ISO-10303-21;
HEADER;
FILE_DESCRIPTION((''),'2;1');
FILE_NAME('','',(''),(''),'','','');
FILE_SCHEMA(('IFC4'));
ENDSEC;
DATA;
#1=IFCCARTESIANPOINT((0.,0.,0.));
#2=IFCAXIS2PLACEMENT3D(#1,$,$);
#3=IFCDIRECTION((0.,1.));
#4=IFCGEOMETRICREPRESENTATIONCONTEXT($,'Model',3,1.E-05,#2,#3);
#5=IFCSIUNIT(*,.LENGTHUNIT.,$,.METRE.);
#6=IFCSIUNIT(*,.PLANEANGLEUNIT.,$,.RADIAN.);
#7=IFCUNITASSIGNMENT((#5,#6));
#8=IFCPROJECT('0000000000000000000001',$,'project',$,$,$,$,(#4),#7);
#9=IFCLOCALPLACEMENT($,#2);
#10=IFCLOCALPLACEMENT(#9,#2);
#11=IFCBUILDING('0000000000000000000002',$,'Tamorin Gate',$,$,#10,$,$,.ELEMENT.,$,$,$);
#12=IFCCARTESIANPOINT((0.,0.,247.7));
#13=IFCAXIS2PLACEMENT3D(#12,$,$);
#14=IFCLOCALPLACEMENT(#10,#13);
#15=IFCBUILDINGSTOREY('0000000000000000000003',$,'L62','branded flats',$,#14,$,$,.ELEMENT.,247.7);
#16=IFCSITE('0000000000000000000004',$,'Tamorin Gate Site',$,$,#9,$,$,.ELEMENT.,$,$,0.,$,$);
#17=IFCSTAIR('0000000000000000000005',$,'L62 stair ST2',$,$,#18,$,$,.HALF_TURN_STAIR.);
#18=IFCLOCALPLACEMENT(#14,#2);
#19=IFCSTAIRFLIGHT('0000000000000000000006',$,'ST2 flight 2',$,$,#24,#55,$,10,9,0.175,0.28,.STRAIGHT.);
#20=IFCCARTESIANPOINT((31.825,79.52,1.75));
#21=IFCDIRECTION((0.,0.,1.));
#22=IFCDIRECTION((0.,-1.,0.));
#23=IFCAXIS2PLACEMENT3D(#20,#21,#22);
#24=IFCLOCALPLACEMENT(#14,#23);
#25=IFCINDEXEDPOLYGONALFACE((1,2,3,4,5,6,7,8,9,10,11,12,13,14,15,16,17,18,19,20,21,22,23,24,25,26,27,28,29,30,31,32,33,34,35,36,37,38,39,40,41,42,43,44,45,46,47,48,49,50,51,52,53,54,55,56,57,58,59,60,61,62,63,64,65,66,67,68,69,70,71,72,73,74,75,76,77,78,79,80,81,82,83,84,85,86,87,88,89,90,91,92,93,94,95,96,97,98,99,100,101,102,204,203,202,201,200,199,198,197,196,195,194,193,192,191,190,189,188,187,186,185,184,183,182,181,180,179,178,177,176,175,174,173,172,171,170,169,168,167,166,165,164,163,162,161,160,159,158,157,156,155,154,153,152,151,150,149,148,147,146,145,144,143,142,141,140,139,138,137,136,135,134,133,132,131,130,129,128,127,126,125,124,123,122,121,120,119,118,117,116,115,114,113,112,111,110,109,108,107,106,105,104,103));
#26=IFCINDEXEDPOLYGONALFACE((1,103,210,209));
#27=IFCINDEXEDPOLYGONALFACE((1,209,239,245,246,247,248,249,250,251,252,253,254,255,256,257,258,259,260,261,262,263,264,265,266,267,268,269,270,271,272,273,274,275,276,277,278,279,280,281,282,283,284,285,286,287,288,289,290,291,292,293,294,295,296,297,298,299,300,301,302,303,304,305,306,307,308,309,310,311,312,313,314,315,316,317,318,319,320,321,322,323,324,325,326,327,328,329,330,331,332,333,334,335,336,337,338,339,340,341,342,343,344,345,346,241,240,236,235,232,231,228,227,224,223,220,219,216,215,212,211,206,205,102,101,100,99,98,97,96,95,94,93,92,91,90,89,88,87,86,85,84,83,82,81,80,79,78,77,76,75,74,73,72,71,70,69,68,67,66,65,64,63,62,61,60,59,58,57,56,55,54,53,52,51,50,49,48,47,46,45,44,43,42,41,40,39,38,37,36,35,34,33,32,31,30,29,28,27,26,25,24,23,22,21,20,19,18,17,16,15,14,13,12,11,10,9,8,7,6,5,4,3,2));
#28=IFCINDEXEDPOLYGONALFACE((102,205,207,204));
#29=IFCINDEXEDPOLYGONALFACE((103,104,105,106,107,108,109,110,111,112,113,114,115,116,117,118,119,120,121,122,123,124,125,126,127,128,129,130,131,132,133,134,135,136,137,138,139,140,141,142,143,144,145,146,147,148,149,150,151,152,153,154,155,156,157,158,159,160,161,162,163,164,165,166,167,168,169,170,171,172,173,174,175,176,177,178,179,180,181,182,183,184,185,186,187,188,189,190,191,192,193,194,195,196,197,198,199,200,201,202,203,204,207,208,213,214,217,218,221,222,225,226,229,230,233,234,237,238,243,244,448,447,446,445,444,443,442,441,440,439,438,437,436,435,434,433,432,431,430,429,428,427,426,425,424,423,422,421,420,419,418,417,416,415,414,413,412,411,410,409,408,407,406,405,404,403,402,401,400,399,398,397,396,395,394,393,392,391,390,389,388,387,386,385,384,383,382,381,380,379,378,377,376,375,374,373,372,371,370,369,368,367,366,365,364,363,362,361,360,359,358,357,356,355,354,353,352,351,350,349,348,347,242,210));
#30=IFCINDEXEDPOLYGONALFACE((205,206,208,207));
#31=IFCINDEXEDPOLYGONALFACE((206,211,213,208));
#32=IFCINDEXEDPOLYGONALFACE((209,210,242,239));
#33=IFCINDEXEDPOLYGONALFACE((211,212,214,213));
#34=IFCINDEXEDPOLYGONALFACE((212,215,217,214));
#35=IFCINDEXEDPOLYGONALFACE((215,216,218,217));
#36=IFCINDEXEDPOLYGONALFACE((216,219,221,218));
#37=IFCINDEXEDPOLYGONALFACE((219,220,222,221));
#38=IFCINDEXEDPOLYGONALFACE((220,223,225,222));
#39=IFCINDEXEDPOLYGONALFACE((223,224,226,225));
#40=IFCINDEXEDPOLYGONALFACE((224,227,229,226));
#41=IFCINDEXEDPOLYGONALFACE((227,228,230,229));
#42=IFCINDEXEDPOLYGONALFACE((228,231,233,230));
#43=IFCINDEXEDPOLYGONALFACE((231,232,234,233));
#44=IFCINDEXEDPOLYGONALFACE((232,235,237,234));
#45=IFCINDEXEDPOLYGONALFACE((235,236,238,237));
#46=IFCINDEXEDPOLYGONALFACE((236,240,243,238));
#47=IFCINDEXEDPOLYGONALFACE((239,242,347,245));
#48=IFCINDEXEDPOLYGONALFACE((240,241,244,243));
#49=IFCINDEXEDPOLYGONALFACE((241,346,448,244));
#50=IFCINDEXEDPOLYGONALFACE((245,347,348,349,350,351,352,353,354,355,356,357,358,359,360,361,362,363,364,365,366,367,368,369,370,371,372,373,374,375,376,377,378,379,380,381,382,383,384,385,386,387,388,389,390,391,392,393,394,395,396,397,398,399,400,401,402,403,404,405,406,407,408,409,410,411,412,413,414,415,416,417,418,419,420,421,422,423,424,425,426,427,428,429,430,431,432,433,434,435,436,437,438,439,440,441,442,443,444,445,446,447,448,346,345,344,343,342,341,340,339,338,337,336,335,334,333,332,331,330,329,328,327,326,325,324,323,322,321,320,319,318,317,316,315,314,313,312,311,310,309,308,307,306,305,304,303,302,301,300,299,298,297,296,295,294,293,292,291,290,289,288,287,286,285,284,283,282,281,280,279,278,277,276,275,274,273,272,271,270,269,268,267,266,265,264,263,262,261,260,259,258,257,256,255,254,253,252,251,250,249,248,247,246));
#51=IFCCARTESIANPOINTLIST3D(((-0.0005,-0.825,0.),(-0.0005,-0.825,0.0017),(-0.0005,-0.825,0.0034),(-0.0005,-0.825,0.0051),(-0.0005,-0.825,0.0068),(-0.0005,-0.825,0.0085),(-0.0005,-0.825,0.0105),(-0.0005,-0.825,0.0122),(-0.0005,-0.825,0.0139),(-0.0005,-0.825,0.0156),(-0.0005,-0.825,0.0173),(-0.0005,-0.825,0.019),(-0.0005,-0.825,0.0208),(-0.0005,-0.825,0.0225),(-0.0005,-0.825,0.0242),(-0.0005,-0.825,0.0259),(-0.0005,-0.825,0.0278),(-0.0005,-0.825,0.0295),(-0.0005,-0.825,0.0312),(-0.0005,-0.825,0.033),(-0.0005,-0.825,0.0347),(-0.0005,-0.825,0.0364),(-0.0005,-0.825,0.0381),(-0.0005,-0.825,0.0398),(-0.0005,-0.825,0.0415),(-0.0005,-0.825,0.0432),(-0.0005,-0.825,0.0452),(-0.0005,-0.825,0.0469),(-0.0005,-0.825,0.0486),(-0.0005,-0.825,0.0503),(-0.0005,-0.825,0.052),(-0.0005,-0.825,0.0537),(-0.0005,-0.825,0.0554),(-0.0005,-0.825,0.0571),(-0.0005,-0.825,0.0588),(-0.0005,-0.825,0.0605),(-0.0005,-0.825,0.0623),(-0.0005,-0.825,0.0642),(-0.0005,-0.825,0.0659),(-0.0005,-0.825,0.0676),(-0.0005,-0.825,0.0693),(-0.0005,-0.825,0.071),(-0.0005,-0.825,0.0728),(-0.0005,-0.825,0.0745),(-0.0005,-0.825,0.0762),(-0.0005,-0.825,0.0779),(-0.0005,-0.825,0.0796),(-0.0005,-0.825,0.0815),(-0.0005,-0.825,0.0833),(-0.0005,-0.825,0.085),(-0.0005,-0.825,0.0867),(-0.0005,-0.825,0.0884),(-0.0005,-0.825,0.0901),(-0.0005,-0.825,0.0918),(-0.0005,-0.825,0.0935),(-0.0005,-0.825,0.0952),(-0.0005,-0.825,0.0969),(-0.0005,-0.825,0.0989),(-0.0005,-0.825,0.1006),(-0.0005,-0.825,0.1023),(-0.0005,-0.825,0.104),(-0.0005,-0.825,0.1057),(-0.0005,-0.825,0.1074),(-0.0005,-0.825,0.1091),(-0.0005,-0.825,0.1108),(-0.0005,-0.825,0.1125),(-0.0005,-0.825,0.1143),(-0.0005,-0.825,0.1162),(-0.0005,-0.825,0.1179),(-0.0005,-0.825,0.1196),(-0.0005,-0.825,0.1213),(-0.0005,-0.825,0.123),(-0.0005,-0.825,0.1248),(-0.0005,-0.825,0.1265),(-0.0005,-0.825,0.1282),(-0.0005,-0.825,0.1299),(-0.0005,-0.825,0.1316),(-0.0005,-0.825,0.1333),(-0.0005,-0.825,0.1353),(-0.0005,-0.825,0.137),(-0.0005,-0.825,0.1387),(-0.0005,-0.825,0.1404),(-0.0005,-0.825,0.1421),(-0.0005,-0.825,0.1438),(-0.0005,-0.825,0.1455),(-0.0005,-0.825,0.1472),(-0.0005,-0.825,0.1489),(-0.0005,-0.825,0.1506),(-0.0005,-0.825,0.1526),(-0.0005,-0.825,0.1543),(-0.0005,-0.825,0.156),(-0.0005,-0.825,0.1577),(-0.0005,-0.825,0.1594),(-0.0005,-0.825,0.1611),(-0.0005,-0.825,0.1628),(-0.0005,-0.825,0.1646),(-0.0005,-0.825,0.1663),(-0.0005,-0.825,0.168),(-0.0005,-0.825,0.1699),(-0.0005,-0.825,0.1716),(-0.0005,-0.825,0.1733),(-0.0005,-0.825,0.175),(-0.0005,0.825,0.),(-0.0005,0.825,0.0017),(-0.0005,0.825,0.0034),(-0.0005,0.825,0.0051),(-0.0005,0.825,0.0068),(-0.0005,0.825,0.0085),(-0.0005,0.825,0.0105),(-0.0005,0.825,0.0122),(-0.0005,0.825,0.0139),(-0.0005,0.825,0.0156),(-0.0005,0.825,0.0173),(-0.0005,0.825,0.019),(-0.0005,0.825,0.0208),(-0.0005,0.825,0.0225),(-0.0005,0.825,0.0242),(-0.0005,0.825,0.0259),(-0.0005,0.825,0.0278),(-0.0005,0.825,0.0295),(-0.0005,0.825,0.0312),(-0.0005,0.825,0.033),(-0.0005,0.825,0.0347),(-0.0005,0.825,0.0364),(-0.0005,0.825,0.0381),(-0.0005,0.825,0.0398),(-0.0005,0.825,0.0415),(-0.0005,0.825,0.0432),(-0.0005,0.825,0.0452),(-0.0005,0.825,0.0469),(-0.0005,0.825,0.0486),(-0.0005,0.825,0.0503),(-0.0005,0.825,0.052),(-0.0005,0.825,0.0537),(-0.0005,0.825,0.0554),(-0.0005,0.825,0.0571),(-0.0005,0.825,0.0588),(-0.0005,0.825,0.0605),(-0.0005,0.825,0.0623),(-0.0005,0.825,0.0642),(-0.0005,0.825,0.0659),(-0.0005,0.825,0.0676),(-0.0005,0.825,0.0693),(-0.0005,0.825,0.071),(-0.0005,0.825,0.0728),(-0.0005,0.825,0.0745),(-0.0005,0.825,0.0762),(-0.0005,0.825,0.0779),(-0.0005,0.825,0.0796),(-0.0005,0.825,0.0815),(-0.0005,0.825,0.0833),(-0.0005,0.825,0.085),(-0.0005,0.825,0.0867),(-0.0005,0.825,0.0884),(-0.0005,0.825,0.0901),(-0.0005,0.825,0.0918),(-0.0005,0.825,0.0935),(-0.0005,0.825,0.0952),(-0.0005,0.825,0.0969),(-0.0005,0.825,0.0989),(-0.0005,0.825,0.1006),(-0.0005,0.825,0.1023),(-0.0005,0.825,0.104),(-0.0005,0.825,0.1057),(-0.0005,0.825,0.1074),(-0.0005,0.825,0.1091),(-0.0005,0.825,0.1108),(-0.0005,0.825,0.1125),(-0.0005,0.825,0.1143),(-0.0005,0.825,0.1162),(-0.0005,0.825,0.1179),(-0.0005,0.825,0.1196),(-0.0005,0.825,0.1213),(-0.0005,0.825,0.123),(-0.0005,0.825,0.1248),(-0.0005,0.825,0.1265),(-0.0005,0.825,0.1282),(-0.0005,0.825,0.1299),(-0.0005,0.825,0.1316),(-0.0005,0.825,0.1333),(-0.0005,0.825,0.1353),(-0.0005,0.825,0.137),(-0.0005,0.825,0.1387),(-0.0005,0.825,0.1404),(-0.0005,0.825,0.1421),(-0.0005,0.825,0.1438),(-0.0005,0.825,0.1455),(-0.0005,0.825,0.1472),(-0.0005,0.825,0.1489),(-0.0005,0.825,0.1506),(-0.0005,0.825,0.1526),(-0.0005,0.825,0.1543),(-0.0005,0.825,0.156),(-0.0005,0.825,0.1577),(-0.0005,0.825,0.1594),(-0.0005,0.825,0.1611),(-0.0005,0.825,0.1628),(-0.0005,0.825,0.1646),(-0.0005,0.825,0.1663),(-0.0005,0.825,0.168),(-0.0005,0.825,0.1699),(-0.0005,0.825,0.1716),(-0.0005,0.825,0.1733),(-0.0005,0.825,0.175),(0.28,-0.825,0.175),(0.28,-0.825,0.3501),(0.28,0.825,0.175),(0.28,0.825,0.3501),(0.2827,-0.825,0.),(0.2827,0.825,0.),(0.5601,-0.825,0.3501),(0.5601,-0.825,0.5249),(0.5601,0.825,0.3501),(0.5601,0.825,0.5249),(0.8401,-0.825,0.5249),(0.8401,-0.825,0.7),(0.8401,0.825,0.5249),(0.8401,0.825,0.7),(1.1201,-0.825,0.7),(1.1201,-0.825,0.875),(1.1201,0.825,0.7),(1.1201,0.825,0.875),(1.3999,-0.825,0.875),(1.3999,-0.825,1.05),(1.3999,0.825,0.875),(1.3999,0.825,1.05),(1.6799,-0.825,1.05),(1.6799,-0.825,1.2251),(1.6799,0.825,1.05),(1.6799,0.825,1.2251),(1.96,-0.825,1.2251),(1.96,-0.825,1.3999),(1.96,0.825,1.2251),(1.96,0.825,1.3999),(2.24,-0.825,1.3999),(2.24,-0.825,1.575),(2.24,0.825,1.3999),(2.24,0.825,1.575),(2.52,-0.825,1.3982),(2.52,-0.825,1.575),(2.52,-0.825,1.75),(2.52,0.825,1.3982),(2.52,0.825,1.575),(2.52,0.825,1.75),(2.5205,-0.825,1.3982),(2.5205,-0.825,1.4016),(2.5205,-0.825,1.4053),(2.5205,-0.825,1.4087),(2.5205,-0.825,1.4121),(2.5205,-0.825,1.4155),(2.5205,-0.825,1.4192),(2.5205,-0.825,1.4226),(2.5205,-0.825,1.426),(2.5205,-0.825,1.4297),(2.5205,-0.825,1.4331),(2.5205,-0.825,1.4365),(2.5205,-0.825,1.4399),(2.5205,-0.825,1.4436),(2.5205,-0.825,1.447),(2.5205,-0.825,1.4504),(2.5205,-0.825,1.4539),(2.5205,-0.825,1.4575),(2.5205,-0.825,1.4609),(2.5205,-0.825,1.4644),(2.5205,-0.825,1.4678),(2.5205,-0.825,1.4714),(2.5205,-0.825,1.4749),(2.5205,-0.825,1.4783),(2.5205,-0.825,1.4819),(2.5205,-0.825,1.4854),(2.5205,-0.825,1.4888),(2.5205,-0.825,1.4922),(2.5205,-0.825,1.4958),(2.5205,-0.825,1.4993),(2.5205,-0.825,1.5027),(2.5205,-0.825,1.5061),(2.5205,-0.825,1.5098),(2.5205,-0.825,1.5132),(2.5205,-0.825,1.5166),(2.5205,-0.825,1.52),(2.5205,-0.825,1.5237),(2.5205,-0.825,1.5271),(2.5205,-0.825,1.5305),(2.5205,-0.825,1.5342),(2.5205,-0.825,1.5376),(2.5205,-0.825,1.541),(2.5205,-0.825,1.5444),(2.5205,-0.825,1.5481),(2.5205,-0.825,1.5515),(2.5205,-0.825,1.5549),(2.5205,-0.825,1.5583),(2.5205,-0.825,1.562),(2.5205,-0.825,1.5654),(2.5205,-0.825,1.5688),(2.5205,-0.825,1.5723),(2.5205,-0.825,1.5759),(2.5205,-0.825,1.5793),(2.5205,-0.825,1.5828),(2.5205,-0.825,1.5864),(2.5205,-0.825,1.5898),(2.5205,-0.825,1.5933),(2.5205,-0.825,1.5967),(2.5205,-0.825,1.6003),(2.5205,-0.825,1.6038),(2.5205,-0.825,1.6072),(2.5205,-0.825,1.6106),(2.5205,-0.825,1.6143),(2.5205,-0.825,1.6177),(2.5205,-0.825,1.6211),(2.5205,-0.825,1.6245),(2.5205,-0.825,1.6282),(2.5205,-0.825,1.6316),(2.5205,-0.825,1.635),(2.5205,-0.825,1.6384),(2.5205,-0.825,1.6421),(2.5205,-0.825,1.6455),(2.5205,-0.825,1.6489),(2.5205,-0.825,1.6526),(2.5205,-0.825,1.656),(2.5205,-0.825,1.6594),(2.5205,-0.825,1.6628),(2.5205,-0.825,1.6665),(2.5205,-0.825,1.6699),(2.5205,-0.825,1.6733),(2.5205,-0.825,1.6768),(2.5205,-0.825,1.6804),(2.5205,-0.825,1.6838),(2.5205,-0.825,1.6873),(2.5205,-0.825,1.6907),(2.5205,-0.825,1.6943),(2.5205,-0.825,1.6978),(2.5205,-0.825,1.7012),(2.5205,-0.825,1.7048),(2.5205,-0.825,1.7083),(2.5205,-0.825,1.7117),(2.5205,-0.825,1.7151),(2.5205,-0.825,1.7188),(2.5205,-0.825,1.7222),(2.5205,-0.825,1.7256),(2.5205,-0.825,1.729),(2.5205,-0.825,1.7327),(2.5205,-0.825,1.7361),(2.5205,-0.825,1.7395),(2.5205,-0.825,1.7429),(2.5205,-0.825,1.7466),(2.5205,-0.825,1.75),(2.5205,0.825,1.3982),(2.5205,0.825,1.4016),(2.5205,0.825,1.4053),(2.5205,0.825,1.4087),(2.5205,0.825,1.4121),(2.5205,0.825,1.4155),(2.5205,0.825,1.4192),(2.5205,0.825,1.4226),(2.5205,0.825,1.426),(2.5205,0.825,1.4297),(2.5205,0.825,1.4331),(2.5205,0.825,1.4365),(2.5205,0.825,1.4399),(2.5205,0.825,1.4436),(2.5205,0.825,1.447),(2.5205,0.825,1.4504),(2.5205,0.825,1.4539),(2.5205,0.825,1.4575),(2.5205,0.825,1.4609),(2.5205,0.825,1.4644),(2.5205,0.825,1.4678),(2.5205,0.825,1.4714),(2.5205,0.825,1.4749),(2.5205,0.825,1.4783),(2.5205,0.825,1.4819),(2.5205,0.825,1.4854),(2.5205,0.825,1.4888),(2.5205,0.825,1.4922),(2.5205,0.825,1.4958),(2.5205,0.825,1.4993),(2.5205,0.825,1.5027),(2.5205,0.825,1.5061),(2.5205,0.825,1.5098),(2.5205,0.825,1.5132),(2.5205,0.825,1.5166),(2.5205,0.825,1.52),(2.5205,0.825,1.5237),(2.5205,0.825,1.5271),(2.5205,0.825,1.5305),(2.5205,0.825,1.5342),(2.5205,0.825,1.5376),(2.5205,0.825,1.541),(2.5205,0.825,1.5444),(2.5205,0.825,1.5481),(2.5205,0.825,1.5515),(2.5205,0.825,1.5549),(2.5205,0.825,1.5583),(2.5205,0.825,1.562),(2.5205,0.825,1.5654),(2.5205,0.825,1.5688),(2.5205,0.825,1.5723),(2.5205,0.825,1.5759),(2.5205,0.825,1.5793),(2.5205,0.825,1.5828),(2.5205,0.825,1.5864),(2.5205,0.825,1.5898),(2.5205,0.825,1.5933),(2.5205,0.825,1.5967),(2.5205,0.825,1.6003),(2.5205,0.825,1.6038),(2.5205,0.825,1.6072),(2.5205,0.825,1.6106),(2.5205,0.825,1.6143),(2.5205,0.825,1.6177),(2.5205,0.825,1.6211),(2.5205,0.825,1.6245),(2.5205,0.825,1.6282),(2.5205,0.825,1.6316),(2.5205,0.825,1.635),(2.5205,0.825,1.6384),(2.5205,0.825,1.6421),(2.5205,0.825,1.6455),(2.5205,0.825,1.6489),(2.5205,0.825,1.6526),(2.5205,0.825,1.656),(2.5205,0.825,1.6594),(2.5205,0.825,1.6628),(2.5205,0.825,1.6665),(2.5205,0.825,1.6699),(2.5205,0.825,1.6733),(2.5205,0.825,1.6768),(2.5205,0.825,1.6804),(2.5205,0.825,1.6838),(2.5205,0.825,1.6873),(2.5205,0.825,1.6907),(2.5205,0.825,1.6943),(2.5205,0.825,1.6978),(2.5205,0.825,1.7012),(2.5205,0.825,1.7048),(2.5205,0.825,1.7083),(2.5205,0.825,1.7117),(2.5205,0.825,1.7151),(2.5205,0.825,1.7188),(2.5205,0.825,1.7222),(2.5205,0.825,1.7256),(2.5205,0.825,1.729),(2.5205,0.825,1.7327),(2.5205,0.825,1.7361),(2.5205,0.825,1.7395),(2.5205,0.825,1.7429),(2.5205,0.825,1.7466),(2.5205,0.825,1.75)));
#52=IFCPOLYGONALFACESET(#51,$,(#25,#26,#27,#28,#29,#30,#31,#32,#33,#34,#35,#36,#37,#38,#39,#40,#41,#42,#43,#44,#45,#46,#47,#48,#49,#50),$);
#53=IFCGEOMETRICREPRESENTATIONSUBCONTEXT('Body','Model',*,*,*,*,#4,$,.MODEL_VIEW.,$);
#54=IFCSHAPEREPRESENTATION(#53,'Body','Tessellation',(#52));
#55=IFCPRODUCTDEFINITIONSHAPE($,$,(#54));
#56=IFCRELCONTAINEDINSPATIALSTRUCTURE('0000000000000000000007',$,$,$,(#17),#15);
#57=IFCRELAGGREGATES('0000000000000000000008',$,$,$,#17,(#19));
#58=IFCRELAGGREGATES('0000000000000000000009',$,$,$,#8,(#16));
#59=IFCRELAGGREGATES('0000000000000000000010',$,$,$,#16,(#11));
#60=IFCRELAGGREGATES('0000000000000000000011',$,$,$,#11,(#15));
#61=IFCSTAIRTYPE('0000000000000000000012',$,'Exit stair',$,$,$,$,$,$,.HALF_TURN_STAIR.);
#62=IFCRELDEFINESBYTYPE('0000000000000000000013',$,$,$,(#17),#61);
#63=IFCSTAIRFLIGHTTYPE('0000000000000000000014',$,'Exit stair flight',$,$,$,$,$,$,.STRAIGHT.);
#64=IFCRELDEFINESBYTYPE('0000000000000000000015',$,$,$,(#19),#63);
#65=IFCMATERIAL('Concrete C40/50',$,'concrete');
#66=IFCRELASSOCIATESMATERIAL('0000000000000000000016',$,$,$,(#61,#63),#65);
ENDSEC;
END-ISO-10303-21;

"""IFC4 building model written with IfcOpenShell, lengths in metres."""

from ifc_helpers import new_model, si_unit, direction, frame, origin, place, context, subcontext, project, spatial, polyline, outline, extrude, material, type_object, element, aggregate, save


model = new_model("IFC4")

# Units and contexts
model_context = context("Model", 3, precision=1e-05, world=origin(), true_north=direction((0.0, 1.0)))
body_context = subcontext(model_context, "Body", "Model", "MODEL_VIEW")
ifc_project = project(units=[si_unit("LENGTHUNIT", "METRE"), si_unit("PLANEANGLEUNIT", "RADIAN")], contexts=[model_context])

# Site, building, storey
site_placement = place(None, origin())
site = spatial("IfcSite", under=ifc_project, at=site_placement, Name="Tamorin Gate Site", CompositionType="ELEMENT", RefElevation=0.0)
building_placement = place(site_placement, origin())
building = spatial("IfcBuilding", under=site, at=building_placement, Name="Tamorin Gate", CompositionType="ELEMENT")
storey_placement = place(building_placement, frame((0.0, 0.0, 247.7)))
storey = spatial("IfcBuildingStorey", under=building, at=storey_placement, Name="L62", Description="branded flats", CompositionType="ELEMENT", Elevation=247.7)

# Stair, stair flight
ifc_material_1 = material(Name="Concrete C40/50", Category="concrete")
stair_type = type_object("IfcStairType", Name="Exit stair", PredefinedType="HALF_TURN_STAIR", material=ifc_material_1)
stair_placement = place(storey_placement, origin())
stair = element("IfcStair", 1, at=stair_placement, inside=storey, type_object=stair_type, Name="L62 stair ST2", PredefinedType="HALF_TURN_STAIR")
stair_flight_type = type_object("IfcStairFlightType", Name="Exit stair flight", PredefinedType="STRAIGHT", material=ifc_material_1)
stair_flight_placement = place(storey_placement, frame((31.825, 79.52, 1.75), z_axis=(0.0, 0.0, 1.0), x_axis=(0.0, -1.0, 0.0)))
stair_flight = element("IfcStairFlight", 2, at=stair_flight_placement, type_object=stair_flight_type, Name="ST2 flight 2", NumberOfRisers=10, NumberOfTreads=9, PredefinedType="STRAIGHT", RiserHeight=0.175, TreadLength=0.28, context=body_context, shape_type="SweptSolid", body=[
    extrude(outline(polyline([(-0.0005, 0.0), (-0.0005, 0.0017), (-0.0005, 0.0034), (-0.0005, 0.0051), (-0.0005, 0.0068), (-0.0005, 0.0085), (-0.0005, 0.0105), (-0.0005, 0.0122), (-0.0005, 0.0139), (-0.0005, 0.0156), (-0.0005, 0.0173), (-0.0005, 0.019), (-0.0005, 0.0208), (-0.0005, 0.0225), (-0.0005, 0.0242), (-0.0005, 0.0259), (-0.0005, 0.0278), (-0.0005, 0.0295), (-0.0005, 0.0312), (-0.0005, 0.033), (-0.0005, 0.0347), (-0.0005, 0.0364), (-0.0005, 0.0381), (-0.0005, 0.0398), (-0.0005, 0.0415), (-0.0005, 0.0432), (-0.0005, 0.0452), (-0.0005, 0.0469), (-0.0005, 0.0486), (-0.0005, 0.0503), (-0.0005, 0.052), (-0.0005, 0.0537), (-0.0005, 0.0554), (-0.0005, 0.0571), (-0.0005, 0.0588), (-0.0005, 0.0605), (-0.0005, 0.0623), (-0.0005, 0.0642), (-0.0005, 0.0659), (-0.0005, 0.0676), (-0.0005, 0.0693), (-0.0005, 0.071), (-0.0005, 0.0728), (-0.0005, 0.0745), (-0.0005, 0.0762), (-0.0005, 0.0779), (-0.0005, 0.0796), (-0.0005, 0.0815), (-0.0005, 0.0833), (-0.0005, 0.085), (-0.0005, 0.0867), (-0.0005, 0.0884), (-0.0005, 0.0901), (-0.0005, 0.0918), (-0.0005, 0.0935), (-0.0005, 0.0952), (-0.0005, 0.0969), (-0.0005, 0.0989), (-0.0005, 0.1006), (-0.0005, 0.1023), (-0.0005, 0.104), (-0.0005, 0.1057), (-0.0005, 0.1074), (-0.0005, 0.1091), (-0.0005, 0.1108), (-0.0005, 0.1125), (-0.0005, 0.1143), (-0.0005, 0.1162), (-0.0005, 0.1179), (-0.0005, 0.1196), (-0.0005, 0.1213), (-0.0005, 0.123), (-0.0005, 0.1248), (-0.0005, 0.1265), (-0.0005, 0.1282), (-0.0005, 0.1299), (-0.0005, 0.1316), (-0.0005, 0.1333), (-0.0005, 0.1353), (-0.0005, 0.137), (-0.0005, 0.1387), (-0.0005, 0.1404), (-0.0005, 0.1421), (-0.0005, 0.1438), (-0.0005, 0.1455), (-0.0005, 0.1472), (-0.0005, 0.1489), (-0.0005, 0.1506), (-0.0005, 0.1526), (-0.0005, 0.1543), (-0.0005, 0.156), (-0.0005, 0.1577), (-0.0005, 0.1594), (-0.0005, 0.1611), (-0.0005, 0.1628), (-0.0005, 0.1646), (-0.0005, 0.1663), (-0.0005, 0.168), (-0.0005, 0.1699), (-0.0005, 0.1716), (-0.0005, 0.1733), (-0.0005, 0.175), (0.28, 0.175), (0.28, 0.3501), (0.5601, 0.3501), (0.5601, 0.5249), (0.8401, 0.5249), (0.8401, 0.7), (1.1201, 0.7), (1.1201, 0.875), (1.3999, 0.875), (1.3999, 1.05), (1.6799, 1.05), (1.6799, 1.2251), (1.96, 1.2251), (1.96, 1.3999), (2.24, 1.3999), (2.24, 1.575), (2.52, 1.575), (2.52, 1.75), (2.5205, 1.75), (2.5205, 1.7466), (2.5205, 1.7429), (2.5205, 1.7395), (2.5205, 1.7361), (2.5205, 1.7327), (2.5205, 1.729), (2.5205, 1.7256), (2.5205, 1.7222), (2.5205, 1.7188), (2.5205, 1.7151), (2.5205, 1.7117), (2.5205, 1.7083), (2.5205, 1.7048), (2.5205, 1.7012), (2.5205, 1.6978), (2.5205, 1.6943), (2.5205, 1.6907), (2.5205, 1.6873), (2.5205, 1.6838), (2.5205, 1.6804), (2.5205, 1.6768), (2.5205, 1.6733), (2.5205, 1.6699), (2.5205, 1.6665), (2.5205, 1.6628), (2.5205, 1.6594), (2.5205, 1.656), (2.5205, 1.6526), (2.5205, 1.6489), (2.5205, 1.6455), (2.5205, 1.6421), (2.5205, 1.6384), (2.5205, 1.635), (2.5205, 1.6316), (2.5205, 1.6282), (2.5205, 1.6245), (2.5205, 1.6211), (2.5205, 1.6177), (2.5205, 1.6143), (2.5205, 1.6106), (2.5205, 1.6072), (2.5205, 1.6038), (2.5205, 1.6003), (2.5205, 1.5967), (2.5205, 1.5933), (2.5205, 1.5898), (2.5205, 1.5864), (2.5205, 1.5828), (2.5205, 1.5793), (2.5205, 1.5759), (2.5205, 1.5723), (2.5205, 1.5688), (2.5205, 1.5654), (2.5205, 1.562), (2.5205, 1.5583), (2.5205, 1.5549), (2.5205, 1.5515), (2.5205, 1.5481), (2.5205, 1.5444), (2.5205, 1.541), (2.5205, 1.5376), (2.5205, 1.5342), (2.5205, 1.5305), (2.5205, 1.5271), (2.5205, 1.5237), (2.5205, 1.52), (2.5205, 1.5166), (2.5205, 1.5132), (2.5205, 1.5098), (2.5205, 1.5061), (2.5205, 1.5027), (2.5205, 1.4993), (2.5205, 1.4958), (2.5205, 1.4922), (2.5205, 1.4888), (2.5205, 1.4854), (2.5205, 1.4819), (2.5205, 1.4783), (2.5205, 1.4749), (2.5205, 1.4714), (2.5205, 1.4678), (2.5205, 1.4644), (2.5205, 1.4609), (2.5205, 1.4575), (2.5205, 1.4539), (2.5205, 1.4504), (2.5205, 1.447), (2.5205, 1.4436), (2.5205, 1.4399), (2.5205, 1.4365), (2.5205, 1.4331), (2.5205, 1.4297), (2.5205, 1.426), (2.5205, 1.4226), (2.5205, 1.4192), (2.5205, 1.4155), (2.5205, 1.4121), (2.5205, 1.4087), (2.5205, 1.4053), (2.5205, 1.4016), (2.5205, 1.3982), (2.52, 1.3982), (0.2827, 0.0), (-0.0005, 0.0)])), frame((0.0, 0.825, 0.0), z_axis=(0.0, -1.0, 0.0), x_axis=(1.0, 0.0, 0.0)), (0.0, 0.0, 1.0), 1.6499),
])
aggregate(stair, [stair_flight])

save(model, "model.ifc")
